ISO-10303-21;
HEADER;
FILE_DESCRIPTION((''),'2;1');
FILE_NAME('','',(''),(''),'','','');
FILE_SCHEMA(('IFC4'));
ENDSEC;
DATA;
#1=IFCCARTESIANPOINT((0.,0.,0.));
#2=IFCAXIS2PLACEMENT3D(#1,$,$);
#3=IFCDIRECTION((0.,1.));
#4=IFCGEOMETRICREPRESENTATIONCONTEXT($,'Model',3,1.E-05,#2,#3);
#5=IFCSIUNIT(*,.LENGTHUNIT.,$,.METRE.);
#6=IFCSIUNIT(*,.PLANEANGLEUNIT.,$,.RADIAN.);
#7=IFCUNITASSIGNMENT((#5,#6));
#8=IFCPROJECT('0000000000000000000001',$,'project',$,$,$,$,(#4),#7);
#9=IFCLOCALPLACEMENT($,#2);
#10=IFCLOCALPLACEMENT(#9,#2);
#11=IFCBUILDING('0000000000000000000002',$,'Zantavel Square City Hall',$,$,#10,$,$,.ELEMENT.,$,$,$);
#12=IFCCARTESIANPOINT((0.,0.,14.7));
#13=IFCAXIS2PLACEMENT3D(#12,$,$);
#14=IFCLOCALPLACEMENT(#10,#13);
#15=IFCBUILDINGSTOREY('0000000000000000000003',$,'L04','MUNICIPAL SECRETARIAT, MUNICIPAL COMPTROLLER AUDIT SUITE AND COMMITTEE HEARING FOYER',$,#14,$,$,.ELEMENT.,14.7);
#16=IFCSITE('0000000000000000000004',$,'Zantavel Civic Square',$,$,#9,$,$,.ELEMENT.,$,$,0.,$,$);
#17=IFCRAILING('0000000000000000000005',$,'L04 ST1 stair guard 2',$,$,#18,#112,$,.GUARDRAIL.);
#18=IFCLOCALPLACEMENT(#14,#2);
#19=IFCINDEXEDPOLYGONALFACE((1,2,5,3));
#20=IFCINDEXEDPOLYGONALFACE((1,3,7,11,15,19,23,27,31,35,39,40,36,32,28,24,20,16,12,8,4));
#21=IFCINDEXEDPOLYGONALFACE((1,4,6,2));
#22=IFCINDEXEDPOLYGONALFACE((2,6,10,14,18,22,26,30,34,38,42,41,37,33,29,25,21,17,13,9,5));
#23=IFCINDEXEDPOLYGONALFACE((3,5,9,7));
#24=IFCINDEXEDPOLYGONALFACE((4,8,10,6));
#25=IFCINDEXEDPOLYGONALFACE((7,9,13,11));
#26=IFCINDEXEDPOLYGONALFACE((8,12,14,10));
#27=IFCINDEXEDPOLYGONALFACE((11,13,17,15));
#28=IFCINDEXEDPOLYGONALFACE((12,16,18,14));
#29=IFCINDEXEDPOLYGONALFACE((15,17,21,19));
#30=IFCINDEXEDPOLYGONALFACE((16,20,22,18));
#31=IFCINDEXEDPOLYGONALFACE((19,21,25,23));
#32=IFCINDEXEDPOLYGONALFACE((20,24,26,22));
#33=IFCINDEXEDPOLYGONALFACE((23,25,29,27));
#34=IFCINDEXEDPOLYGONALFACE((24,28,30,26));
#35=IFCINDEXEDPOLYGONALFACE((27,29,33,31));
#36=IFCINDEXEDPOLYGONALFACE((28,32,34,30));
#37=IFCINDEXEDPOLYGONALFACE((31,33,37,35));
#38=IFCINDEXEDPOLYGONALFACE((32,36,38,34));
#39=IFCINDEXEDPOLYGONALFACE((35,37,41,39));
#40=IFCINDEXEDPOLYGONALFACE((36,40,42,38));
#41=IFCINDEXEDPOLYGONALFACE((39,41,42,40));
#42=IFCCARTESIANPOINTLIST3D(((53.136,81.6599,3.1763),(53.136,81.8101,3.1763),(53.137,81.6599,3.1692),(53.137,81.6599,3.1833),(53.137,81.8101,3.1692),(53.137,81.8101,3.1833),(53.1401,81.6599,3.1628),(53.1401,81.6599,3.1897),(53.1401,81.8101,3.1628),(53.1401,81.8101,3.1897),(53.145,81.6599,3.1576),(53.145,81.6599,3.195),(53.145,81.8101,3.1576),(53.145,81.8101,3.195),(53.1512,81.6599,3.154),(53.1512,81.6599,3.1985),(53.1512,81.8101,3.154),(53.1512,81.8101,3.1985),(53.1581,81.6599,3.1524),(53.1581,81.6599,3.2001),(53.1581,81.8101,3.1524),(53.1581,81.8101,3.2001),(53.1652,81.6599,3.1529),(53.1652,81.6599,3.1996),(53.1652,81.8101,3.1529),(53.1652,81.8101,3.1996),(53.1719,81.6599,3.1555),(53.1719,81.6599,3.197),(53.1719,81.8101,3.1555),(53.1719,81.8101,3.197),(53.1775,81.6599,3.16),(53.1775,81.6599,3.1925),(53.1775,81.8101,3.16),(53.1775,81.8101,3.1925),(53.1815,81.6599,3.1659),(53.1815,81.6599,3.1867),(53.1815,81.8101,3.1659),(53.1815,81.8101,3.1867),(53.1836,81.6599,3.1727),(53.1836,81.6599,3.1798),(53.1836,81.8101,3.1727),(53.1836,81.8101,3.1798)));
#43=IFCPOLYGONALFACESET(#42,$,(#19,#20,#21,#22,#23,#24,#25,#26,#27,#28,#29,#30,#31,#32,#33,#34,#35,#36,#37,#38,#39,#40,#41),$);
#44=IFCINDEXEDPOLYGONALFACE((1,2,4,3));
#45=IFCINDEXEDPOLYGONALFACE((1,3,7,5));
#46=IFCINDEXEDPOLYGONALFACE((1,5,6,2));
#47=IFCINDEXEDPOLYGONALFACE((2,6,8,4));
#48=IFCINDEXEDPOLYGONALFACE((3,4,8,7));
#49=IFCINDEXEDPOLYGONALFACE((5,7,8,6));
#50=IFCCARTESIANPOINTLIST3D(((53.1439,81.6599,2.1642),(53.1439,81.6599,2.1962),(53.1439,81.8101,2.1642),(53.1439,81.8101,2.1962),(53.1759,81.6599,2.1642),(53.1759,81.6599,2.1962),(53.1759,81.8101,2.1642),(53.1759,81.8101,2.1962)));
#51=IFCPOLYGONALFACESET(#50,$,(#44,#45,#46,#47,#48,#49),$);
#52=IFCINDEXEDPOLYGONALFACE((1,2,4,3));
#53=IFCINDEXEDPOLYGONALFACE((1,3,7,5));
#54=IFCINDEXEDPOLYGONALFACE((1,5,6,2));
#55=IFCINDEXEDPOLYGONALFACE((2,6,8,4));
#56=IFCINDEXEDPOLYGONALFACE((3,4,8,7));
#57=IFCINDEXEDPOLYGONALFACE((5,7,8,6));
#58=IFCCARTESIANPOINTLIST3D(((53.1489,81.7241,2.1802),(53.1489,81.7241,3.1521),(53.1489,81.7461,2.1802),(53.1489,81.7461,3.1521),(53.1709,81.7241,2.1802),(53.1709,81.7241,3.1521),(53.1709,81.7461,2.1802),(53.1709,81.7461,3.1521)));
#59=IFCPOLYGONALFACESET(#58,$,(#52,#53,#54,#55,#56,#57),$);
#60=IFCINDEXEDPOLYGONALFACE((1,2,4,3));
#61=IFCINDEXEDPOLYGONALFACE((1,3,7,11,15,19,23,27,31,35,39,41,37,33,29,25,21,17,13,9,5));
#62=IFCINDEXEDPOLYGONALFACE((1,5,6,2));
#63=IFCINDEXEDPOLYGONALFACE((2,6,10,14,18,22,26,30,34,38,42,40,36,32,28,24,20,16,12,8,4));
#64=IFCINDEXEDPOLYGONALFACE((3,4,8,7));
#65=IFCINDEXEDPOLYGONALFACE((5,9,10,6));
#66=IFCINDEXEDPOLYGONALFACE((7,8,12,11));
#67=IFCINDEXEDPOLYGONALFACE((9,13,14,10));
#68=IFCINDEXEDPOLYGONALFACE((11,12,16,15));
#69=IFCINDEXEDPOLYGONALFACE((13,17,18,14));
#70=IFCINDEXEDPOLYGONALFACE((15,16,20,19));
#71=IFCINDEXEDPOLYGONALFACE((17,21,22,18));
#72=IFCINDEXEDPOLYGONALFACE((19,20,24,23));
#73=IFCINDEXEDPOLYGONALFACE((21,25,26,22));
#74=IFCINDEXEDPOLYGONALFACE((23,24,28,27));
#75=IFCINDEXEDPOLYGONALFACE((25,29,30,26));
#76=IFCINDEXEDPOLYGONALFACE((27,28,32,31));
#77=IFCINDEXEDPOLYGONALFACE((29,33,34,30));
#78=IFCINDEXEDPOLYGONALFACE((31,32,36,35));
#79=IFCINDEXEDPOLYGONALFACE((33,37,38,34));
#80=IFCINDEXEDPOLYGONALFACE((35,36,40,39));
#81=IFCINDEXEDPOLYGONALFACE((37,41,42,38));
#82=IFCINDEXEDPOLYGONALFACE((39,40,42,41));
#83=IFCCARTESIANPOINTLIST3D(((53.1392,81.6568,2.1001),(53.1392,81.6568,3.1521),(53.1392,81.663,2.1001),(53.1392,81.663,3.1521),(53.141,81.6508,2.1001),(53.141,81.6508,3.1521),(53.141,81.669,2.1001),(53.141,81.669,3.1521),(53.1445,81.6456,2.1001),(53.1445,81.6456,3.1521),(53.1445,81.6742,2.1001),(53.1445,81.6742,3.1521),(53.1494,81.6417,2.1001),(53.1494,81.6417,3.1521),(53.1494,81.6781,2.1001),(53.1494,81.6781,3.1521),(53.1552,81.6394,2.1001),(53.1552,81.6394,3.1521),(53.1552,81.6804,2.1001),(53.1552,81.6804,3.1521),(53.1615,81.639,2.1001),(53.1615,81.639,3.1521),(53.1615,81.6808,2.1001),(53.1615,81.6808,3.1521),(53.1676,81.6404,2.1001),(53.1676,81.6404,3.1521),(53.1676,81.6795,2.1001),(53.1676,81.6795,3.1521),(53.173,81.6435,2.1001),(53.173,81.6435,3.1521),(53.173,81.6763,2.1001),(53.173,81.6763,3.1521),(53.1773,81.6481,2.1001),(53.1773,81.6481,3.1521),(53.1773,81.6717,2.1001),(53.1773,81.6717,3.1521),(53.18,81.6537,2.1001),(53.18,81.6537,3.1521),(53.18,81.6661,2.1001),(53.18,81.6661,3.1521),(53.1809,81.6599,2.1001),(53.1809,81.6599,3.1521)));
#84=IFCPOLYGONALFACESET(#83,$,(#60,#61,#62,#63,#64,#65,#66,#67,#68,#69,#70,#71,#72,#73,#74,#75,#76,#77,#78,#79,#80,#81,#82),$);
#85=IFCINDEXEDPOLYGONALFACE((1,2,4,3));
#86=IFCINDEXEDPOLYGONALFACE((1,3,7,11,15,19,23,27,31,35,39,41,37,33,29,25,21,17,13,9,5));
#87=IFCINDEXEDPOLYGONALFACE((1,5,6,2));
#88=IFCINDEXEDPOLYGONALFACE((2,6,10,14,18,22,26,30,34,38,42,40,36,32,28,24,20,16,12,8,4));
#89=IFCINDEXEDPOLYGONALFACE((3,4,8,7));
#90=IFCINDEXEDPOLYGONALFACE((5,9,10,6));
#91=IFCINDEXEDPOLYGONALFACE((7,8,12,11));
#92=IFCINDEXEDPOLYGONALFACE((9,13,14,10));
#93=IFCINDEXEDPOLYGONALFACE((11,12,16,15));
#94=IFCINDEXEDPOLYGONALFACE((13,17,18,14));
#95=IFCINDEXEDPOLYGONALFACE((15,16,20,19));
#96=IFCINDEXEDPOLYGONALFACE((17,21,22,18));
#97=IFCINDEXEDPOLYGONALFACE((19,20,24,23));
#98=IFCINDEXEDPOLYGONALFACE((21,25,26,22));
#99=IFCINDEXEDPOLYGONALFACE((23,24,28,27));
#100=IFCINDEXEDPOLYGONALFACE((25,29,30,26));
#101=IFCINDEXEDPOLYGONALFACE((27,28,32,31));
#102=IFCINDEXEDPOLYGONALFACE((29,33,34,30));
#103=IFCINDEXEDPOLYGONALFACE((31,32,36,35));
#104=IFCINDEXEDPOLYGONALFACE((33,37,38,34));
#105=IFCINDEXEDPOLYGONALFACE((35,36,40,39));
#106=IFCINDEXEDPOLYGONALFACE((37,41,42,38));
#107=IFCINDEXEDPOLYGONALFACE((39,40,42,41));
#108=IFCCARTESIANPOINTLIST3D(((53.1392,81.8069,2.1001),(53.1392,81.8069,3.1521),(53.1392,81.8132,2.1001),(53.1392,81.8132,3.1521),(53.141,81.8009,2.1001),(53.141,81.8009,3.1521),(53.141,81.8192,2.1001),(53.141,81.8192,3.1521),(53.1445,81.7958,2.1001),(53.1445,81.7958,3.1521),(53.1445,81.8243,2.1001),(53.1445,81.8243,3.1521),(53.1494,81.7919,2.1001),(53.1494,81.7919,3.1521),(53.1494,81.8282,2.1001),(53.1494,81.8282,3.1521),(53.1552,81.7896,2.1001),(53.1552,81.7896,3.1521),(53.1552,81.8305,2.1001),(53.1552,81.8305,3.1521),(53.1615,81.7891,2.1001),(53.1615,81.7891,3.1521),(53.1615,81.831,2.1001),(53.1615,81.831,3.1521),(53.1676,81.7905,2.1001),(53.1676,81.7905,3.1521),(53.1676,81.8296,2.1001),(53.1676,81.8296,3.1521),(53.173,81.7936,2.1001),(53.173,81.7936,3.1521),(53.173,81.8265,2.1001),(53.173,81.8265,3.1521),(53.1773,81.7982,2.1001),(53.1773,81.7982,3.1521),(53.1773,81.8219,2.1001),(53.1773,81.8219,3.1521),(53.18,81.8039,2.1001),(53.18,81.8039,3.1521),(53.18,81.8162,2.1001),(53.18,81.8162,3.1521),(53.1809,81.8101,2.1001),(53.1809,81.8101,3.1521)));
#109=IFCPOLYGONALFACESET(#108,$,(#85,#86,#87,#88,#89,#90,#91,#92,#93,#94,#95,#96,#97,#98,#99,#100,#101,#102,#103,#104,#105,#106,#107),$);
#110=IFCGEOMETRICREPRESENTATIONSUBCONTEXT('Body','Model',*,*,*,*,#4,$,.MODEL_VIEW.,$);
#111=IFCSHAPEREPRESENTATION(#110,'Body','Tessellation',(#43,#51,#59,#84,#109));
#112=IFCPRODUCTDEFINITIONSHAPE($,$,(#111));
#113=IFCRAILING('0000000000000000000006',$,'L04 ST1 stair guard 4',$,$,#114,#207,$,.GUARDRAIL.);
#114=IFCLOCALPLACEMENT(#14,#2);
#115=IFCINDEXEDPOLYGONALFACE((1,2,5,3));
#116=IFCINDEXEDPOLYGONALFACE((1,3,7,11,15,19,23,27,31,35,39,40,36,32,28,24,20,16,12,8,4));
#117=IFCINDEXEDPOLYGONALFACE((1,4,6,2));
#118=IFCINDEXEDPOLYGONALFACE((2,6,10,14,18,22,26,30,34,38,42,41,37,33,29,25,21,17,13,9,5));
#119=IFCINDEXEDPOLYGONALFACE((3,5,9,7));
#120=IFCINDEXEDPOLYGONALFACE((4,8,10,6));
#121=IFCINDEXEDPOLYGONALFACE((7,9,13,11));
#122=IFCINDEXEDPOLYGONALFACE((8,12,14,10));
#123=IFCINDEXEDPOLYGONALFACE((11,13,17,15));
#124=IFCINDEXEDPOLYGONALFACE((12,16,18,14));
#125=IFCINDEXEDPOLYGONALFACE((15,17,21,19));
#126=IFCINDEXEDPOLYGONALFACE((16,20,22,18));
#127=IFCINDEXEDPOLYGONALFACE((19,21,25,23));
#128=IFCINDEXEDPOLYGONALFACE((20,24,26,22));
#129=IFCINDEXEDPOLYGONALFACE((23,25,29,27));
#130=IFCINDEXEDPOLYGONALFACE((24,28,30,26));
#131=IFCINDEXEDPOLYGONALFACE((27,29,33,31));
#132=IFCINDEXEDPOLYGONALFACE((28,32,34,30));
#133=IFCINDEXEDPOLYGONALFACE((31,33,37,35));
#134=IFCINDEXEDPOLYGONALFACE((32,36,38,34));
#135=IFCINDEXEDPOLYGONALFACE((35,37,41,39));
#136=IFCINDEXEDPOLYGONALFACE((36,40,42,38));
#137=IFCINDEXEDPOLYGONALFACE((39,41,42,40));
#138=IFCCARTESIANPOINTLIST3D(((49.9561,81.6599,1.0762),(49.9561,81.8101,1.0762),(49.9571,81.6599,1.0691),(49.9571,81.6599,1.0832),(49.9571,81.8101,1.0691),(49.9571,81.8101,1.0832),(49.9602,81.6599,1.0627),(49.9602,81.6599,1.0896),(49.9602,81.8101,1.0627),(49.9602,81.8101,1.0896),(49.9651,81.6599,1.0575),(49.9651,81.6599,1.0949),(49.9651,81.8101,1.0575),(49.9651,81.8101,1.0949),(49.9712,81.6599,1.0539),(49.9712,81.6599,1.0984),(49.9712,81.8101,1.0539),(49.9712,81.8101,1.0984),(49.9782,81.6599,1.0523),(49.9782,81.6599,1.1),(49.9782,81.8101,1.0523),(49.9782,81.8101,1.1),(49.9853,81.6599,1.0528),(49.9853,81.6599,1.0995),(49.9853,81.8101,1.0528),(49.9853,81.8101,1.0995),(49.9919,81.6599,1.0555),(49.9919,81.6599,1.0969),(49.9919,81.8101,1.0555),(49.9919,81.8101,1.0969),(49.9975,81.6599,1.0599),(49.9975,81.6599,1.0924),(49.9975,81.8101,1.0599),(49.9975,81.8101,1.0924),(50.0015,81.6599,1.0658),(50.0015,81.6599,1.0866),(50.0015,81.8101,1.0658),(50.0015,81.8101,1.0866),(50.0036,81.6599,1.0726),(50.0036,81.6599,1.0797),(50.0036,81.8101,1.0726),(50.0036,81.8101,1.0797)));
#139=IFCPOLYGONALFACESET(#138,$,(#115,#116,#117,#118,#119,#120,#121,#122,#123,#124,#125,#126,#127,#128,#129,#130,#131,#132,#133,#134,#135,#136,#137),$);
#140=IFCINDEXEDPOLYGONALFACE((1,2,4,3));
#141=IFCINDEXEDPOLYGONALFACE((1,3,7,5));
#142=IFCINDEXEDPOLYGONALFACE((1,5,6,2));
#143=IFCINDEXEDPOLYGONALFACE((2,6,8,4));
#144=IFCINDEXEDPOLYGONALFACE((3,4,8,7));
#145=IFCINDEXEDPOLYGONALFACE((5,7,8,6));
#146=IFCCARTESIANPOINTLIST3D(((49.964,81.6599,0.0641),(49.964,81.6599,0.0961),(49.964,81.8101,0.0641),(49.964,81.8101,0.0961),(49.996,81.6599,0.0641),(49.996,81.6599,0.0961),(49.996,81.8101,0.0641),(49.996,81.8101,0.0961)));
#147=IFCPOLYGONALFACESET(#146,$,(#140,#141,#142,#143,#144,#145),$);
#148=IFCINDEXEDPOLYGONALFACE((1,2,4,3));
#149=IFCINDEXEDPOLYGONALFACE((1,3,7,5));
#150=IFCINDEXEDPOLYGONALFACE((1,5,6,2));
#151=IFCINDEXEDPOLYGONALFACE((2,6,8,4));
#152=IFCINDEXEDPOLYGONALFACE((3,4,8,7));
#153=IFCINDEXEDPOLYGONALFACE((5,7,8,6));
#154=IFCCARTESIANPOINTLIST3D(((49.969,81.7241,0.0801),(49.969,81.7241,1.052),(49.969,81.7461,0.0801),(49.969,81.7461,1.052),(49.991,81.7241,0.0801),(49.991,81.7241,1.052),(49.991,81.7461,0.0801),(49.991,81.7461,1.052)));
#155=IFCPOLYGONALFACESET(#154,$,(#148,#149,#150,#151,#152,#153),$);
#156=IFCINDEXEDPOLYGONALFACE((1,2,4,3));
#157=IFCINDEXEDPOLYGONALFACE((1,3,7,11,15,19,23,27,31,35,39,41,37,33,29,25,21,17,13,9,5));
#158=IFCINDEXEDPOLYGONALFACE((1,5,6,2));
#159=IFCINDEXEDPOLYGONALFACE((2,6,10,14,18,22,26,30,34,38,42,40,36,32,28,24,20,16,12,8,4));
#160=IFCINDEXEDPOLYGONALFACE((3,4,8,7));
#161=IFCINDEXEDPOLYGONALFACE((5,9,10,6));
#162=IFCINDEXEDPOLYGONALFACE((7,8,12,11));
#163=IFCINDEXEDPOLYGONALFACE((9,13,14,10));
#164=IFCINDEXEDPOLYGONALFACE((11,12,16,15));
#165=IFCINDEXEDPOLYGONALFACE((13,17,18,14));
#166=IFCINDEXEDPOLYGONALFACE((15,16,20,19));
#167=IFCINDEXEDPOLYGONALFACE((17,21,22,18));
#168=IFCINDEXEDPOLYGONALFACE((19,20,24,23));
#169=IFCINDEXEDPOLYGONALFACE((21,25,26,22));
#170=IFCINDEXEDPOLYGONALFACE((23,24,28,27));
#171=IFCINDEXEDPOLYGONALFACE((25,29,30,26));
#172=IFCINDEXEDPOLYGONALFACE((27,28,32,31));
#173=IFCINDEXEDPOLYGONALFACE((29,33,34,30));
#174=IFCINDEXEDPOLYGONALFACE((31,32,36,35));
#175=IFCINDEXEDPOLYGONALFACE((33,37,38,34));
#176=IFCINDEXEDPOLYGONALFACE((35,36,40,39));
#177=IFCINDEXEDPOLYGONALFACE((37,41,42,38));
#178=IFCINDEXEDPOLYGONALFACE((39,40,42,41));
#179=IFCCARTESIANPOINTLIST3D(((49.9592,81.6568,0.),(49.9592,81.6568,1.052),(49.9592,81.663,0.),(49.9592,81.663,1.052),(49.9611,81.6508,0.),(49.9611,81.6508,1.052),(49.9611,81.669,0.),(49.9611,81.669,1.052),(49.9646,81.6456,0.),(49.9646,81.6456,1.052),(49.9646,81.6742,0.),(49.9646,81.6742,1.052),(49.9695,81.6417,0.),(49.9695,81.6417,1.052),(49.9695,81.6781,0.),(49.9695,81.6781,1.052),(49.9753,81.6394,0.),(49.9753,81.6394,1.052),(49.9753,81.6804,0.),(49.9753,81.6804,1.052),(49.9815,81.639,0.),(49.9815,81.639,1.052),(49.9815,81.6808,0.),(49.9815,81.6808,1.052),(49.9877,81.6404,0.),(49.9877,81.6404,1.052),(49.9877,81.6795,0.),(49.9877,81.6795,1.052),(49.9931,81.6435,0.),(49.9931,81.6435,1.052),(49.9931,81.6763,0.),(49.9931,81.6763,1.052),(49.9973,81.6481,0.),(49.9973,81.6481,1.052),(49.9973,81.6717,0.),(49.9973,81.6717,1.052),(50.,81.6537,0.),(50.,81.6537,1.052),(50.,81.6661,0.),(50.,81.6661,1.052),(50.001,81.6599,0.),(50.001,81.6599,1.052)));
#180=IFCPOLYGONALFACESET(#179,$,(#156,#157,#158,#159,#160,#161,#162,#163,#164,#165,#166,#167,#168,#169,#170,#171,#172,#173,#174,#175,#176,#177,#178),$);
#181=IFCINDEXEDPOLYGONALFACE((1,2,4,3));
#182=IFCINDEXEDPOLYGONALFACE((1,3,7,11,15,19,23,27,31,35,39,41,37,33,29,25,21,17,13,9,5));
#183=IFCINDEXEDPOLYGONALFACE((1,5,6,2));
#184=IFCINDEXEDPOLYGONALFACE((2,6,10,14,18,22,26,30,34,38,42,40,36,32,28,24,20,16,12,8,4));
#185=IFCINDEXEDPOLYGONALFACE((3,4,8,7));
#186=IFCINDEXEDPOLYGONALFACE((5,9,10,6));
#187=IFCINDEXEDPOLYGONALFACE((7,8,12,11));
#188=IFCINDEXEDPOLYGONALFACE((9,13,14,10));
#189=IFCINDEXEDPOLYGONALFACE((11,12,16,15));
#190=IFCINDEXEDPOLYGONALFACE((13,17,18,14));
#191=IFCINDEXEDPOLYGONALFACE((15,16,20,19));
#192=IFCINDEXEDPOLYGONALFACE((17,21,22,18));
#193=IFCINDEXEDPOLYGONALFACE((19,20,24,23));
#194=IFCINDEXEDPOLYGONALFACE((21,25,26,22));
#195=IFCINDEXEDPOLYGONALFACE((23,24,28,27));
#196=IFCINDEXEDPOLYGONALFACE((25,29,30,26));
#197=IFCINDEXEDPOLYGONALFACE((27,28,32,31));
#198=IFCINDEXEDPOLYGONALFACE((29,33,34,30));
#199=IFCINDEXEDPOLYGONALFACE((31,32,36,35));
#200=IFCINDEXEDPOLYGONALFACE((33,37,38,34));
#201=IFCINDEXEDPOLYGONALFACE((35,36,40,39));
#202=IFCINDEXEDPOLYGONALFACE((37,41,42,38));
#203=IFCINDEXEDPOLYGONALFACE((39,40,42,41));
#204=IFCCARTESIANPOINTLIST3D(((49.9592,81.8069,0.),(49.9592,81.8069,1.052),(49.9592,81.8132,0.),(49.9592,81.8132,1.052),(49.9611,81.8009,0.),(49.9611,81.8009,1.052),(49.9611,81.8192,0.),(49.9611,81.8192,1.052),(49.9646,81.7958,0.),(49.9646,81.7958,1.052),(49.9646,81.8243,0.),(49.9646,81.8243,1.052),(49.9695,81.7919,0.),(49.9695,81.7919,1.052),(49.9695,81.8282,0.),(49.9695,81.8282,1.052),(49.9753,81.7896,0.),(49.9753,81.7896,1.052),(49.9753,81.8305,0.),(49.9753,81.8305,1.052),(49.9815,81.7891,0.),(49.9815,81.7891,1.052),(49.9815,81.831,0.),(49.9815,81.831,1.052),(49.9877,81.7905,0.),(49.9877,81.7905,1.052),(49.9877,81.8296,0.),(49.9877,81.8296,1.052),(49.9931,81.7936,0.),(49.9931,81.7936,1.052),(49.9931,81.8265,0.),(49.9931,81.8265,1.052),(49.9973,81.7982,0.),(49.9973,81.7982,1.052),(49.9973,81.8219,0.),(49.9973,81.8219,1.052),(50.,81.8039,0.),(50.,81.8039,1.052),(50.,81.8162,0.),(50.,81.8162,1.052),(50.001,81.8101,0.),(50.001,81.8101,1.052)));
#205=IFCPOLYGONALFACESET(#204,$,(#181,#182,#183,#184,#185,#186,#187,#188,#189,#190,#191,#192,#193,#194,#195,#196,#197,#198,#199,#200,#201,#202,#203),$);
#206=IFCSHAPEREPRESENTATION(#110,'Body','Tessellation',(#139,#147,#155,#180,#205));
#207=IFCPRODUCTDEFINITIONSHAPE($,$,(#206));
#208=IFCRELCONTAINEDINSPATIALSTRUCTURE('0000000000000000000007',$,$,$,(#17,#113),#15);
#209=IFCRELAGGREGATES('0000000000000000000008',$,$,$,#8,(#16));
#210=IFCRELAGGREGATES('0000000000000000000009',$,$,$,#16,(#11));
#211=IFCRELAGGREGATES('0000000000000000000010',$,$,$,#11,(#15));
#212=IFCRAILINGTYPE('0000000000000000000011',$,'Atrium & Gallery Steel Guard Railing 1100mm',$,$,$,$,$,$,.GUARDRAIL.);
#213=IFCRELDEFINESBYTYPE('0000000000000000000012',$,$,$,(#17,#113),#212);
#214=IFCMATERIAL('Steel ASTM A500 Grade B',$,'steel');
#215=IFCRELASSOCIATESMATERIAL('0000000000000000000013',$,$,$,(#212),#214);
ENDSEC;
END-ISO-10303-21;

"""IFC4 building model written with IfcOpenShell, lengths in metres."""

from ifc_helpers import new_model, si_unit, direction, frame, origin, origin_2d, place, context, subcontext, project, spatial, rectangle, circle, extrude, material, type_object, element, save


model = new_model("IFC4")

# Units and contexts
model_context = context("Model", 3, precision=1e-05, world=origin(), true_north=direction((0.0, 1.0)))
body_context = subcontext(model_context, "Body", "Model", "MODEL_VIEW")
ifc_project = project(units=[si_unit("LENGTHUNIT", "METRE"), si_unit("PLANEANGLEUNIT", "RADIAN")], contexts=[model_context])

# Site, building, storey
site_placement = place(None, origin())
site = spatial("IfcSite", under=ifc_project, at=site_placement, Name="Zantavel Civic Square", CompositionType="ELEMENT", RefElevation=0.0)
building_placement = place(site_placement, origin())
building = spatial("IfcBuilding", under=site, at=building_placement, Name="Zantavel Square City Hall", CompositionType="ELEMENT")
storey_placement = place(building_placement, frame((0.0, 0.0, 14.7)))
storey = spatial("IfcBuildingStorey", under=building, at=storey_placement, Name="L04", Description="MUNICIPAL SECRETARIAT, MUNICIPAL COMPTROLLER AUDIT SUITE AND COMMITTEE HEARING FOYER", CompositionType="ELEMENT", Elevation=14.7)

# Railings
ifc_material_1 = material(Name="Steel ASTM A500 Grade B", Category="steel")
railing_type_1 = type_object("IfcRailingType", Name="Atrium & Gallery Steel Guard Railing 1100mm", PredefinedType="GUARDRAIL", material=ifc_material_1)
railing_1_placement = place(storey_placement, frame((53.1599, 81.6599, 2.1001)))
element("IfcRailing", 1, at=railing_1_placement, inside=storey, type_object=railing_type_1, Name="L04 ST1 stair guard 2", PredefinedType="GUARDRAIL", context=body_context, shape_type="SweptSolid", body=[
    extrude(circle(Radius=0.0239, at=origin_2d()), frame((0.0, 0.0, 1.0762), z_axis=(0.0, 1.0, 0.0), x_axis=(-1.0, 0.0, 0.0)), (0.0, 0.0, 1.0), 0.1501),
    extrude(rectangle(XDim=0.032, YDim=0.032, at=origin_2d()), frame((0.0, 0.0, 0.0801), z_axis=(0.0, 1.0, 0.0), x_axis=(-1.0, 0.0, 0.0)), (0.0, 0.0, 1.0), 0.1501),
    extrude(rectangle(XDim=0.022, YDim=0.022, at=origin_2d()), frame((0.0, 0.0752, 0.0801)), (0.0, 0.0, 1.0), 0.9719),
    extrude(circle(Radius=0.021, at=origin_2d()), origin(), (0.0, 0.0, 1.0), 1.052),
    extrude(circle(Radius=0.021, at=origin_2d()), frame((0.0, 0.1501, 0.0)), (0.0, 0.0, 1.0), 1.052),
])
railing_2_placement = place(storey_placement, frame((49.98, 81.6599, 0.0)))
element("IfcRailing", 2, at=railing_2_placement, inside=storey, type_object=railing_type_1, Name="L04 ST1 stair guard 4", PredefinedType="GUARDRAIL", context=body_context, shape_type="SweptSolid", body=[
    extrude(circle(Radius=0.0239, at=origin_2d()), frame((0.0, 0.0, 1.0762), z_axis=(0.0, 1.0, 0.0), x_axis=(-1.0, 0.0, 0.0)), (0.0, 0.0, 1.0), 0.1501),
    extrude(rectangle(XDim=0.032, YDim=0.032, at=origin_2d()), frame((0.0, 0.0, 0.0801), z_axis=(0.0, 1.0, 0.0), x_axis=(-1.0, 0.0, 0.0)), (0.0, 0.0, 1.0), 0.1501),
    extrude(rectangle(XDim=0.022, YDim=0.022, at=origin_2d()), frame((0.0, 0.0752, 0.0801)), (0.0, 0.0, 1.0), 0.9719),
    extrude(circle(Radius=0.021, at=origin_2d()), origin(), (0.0, 0.0, 1.0), 1.052),
    extrude(circle(Radius=0.021, at=origin_2d()), frame((0.0, 0.1501, 0.0)), (0.0, 0.0, 1.0), 1.052),
])

save(model, "model.ifc")
